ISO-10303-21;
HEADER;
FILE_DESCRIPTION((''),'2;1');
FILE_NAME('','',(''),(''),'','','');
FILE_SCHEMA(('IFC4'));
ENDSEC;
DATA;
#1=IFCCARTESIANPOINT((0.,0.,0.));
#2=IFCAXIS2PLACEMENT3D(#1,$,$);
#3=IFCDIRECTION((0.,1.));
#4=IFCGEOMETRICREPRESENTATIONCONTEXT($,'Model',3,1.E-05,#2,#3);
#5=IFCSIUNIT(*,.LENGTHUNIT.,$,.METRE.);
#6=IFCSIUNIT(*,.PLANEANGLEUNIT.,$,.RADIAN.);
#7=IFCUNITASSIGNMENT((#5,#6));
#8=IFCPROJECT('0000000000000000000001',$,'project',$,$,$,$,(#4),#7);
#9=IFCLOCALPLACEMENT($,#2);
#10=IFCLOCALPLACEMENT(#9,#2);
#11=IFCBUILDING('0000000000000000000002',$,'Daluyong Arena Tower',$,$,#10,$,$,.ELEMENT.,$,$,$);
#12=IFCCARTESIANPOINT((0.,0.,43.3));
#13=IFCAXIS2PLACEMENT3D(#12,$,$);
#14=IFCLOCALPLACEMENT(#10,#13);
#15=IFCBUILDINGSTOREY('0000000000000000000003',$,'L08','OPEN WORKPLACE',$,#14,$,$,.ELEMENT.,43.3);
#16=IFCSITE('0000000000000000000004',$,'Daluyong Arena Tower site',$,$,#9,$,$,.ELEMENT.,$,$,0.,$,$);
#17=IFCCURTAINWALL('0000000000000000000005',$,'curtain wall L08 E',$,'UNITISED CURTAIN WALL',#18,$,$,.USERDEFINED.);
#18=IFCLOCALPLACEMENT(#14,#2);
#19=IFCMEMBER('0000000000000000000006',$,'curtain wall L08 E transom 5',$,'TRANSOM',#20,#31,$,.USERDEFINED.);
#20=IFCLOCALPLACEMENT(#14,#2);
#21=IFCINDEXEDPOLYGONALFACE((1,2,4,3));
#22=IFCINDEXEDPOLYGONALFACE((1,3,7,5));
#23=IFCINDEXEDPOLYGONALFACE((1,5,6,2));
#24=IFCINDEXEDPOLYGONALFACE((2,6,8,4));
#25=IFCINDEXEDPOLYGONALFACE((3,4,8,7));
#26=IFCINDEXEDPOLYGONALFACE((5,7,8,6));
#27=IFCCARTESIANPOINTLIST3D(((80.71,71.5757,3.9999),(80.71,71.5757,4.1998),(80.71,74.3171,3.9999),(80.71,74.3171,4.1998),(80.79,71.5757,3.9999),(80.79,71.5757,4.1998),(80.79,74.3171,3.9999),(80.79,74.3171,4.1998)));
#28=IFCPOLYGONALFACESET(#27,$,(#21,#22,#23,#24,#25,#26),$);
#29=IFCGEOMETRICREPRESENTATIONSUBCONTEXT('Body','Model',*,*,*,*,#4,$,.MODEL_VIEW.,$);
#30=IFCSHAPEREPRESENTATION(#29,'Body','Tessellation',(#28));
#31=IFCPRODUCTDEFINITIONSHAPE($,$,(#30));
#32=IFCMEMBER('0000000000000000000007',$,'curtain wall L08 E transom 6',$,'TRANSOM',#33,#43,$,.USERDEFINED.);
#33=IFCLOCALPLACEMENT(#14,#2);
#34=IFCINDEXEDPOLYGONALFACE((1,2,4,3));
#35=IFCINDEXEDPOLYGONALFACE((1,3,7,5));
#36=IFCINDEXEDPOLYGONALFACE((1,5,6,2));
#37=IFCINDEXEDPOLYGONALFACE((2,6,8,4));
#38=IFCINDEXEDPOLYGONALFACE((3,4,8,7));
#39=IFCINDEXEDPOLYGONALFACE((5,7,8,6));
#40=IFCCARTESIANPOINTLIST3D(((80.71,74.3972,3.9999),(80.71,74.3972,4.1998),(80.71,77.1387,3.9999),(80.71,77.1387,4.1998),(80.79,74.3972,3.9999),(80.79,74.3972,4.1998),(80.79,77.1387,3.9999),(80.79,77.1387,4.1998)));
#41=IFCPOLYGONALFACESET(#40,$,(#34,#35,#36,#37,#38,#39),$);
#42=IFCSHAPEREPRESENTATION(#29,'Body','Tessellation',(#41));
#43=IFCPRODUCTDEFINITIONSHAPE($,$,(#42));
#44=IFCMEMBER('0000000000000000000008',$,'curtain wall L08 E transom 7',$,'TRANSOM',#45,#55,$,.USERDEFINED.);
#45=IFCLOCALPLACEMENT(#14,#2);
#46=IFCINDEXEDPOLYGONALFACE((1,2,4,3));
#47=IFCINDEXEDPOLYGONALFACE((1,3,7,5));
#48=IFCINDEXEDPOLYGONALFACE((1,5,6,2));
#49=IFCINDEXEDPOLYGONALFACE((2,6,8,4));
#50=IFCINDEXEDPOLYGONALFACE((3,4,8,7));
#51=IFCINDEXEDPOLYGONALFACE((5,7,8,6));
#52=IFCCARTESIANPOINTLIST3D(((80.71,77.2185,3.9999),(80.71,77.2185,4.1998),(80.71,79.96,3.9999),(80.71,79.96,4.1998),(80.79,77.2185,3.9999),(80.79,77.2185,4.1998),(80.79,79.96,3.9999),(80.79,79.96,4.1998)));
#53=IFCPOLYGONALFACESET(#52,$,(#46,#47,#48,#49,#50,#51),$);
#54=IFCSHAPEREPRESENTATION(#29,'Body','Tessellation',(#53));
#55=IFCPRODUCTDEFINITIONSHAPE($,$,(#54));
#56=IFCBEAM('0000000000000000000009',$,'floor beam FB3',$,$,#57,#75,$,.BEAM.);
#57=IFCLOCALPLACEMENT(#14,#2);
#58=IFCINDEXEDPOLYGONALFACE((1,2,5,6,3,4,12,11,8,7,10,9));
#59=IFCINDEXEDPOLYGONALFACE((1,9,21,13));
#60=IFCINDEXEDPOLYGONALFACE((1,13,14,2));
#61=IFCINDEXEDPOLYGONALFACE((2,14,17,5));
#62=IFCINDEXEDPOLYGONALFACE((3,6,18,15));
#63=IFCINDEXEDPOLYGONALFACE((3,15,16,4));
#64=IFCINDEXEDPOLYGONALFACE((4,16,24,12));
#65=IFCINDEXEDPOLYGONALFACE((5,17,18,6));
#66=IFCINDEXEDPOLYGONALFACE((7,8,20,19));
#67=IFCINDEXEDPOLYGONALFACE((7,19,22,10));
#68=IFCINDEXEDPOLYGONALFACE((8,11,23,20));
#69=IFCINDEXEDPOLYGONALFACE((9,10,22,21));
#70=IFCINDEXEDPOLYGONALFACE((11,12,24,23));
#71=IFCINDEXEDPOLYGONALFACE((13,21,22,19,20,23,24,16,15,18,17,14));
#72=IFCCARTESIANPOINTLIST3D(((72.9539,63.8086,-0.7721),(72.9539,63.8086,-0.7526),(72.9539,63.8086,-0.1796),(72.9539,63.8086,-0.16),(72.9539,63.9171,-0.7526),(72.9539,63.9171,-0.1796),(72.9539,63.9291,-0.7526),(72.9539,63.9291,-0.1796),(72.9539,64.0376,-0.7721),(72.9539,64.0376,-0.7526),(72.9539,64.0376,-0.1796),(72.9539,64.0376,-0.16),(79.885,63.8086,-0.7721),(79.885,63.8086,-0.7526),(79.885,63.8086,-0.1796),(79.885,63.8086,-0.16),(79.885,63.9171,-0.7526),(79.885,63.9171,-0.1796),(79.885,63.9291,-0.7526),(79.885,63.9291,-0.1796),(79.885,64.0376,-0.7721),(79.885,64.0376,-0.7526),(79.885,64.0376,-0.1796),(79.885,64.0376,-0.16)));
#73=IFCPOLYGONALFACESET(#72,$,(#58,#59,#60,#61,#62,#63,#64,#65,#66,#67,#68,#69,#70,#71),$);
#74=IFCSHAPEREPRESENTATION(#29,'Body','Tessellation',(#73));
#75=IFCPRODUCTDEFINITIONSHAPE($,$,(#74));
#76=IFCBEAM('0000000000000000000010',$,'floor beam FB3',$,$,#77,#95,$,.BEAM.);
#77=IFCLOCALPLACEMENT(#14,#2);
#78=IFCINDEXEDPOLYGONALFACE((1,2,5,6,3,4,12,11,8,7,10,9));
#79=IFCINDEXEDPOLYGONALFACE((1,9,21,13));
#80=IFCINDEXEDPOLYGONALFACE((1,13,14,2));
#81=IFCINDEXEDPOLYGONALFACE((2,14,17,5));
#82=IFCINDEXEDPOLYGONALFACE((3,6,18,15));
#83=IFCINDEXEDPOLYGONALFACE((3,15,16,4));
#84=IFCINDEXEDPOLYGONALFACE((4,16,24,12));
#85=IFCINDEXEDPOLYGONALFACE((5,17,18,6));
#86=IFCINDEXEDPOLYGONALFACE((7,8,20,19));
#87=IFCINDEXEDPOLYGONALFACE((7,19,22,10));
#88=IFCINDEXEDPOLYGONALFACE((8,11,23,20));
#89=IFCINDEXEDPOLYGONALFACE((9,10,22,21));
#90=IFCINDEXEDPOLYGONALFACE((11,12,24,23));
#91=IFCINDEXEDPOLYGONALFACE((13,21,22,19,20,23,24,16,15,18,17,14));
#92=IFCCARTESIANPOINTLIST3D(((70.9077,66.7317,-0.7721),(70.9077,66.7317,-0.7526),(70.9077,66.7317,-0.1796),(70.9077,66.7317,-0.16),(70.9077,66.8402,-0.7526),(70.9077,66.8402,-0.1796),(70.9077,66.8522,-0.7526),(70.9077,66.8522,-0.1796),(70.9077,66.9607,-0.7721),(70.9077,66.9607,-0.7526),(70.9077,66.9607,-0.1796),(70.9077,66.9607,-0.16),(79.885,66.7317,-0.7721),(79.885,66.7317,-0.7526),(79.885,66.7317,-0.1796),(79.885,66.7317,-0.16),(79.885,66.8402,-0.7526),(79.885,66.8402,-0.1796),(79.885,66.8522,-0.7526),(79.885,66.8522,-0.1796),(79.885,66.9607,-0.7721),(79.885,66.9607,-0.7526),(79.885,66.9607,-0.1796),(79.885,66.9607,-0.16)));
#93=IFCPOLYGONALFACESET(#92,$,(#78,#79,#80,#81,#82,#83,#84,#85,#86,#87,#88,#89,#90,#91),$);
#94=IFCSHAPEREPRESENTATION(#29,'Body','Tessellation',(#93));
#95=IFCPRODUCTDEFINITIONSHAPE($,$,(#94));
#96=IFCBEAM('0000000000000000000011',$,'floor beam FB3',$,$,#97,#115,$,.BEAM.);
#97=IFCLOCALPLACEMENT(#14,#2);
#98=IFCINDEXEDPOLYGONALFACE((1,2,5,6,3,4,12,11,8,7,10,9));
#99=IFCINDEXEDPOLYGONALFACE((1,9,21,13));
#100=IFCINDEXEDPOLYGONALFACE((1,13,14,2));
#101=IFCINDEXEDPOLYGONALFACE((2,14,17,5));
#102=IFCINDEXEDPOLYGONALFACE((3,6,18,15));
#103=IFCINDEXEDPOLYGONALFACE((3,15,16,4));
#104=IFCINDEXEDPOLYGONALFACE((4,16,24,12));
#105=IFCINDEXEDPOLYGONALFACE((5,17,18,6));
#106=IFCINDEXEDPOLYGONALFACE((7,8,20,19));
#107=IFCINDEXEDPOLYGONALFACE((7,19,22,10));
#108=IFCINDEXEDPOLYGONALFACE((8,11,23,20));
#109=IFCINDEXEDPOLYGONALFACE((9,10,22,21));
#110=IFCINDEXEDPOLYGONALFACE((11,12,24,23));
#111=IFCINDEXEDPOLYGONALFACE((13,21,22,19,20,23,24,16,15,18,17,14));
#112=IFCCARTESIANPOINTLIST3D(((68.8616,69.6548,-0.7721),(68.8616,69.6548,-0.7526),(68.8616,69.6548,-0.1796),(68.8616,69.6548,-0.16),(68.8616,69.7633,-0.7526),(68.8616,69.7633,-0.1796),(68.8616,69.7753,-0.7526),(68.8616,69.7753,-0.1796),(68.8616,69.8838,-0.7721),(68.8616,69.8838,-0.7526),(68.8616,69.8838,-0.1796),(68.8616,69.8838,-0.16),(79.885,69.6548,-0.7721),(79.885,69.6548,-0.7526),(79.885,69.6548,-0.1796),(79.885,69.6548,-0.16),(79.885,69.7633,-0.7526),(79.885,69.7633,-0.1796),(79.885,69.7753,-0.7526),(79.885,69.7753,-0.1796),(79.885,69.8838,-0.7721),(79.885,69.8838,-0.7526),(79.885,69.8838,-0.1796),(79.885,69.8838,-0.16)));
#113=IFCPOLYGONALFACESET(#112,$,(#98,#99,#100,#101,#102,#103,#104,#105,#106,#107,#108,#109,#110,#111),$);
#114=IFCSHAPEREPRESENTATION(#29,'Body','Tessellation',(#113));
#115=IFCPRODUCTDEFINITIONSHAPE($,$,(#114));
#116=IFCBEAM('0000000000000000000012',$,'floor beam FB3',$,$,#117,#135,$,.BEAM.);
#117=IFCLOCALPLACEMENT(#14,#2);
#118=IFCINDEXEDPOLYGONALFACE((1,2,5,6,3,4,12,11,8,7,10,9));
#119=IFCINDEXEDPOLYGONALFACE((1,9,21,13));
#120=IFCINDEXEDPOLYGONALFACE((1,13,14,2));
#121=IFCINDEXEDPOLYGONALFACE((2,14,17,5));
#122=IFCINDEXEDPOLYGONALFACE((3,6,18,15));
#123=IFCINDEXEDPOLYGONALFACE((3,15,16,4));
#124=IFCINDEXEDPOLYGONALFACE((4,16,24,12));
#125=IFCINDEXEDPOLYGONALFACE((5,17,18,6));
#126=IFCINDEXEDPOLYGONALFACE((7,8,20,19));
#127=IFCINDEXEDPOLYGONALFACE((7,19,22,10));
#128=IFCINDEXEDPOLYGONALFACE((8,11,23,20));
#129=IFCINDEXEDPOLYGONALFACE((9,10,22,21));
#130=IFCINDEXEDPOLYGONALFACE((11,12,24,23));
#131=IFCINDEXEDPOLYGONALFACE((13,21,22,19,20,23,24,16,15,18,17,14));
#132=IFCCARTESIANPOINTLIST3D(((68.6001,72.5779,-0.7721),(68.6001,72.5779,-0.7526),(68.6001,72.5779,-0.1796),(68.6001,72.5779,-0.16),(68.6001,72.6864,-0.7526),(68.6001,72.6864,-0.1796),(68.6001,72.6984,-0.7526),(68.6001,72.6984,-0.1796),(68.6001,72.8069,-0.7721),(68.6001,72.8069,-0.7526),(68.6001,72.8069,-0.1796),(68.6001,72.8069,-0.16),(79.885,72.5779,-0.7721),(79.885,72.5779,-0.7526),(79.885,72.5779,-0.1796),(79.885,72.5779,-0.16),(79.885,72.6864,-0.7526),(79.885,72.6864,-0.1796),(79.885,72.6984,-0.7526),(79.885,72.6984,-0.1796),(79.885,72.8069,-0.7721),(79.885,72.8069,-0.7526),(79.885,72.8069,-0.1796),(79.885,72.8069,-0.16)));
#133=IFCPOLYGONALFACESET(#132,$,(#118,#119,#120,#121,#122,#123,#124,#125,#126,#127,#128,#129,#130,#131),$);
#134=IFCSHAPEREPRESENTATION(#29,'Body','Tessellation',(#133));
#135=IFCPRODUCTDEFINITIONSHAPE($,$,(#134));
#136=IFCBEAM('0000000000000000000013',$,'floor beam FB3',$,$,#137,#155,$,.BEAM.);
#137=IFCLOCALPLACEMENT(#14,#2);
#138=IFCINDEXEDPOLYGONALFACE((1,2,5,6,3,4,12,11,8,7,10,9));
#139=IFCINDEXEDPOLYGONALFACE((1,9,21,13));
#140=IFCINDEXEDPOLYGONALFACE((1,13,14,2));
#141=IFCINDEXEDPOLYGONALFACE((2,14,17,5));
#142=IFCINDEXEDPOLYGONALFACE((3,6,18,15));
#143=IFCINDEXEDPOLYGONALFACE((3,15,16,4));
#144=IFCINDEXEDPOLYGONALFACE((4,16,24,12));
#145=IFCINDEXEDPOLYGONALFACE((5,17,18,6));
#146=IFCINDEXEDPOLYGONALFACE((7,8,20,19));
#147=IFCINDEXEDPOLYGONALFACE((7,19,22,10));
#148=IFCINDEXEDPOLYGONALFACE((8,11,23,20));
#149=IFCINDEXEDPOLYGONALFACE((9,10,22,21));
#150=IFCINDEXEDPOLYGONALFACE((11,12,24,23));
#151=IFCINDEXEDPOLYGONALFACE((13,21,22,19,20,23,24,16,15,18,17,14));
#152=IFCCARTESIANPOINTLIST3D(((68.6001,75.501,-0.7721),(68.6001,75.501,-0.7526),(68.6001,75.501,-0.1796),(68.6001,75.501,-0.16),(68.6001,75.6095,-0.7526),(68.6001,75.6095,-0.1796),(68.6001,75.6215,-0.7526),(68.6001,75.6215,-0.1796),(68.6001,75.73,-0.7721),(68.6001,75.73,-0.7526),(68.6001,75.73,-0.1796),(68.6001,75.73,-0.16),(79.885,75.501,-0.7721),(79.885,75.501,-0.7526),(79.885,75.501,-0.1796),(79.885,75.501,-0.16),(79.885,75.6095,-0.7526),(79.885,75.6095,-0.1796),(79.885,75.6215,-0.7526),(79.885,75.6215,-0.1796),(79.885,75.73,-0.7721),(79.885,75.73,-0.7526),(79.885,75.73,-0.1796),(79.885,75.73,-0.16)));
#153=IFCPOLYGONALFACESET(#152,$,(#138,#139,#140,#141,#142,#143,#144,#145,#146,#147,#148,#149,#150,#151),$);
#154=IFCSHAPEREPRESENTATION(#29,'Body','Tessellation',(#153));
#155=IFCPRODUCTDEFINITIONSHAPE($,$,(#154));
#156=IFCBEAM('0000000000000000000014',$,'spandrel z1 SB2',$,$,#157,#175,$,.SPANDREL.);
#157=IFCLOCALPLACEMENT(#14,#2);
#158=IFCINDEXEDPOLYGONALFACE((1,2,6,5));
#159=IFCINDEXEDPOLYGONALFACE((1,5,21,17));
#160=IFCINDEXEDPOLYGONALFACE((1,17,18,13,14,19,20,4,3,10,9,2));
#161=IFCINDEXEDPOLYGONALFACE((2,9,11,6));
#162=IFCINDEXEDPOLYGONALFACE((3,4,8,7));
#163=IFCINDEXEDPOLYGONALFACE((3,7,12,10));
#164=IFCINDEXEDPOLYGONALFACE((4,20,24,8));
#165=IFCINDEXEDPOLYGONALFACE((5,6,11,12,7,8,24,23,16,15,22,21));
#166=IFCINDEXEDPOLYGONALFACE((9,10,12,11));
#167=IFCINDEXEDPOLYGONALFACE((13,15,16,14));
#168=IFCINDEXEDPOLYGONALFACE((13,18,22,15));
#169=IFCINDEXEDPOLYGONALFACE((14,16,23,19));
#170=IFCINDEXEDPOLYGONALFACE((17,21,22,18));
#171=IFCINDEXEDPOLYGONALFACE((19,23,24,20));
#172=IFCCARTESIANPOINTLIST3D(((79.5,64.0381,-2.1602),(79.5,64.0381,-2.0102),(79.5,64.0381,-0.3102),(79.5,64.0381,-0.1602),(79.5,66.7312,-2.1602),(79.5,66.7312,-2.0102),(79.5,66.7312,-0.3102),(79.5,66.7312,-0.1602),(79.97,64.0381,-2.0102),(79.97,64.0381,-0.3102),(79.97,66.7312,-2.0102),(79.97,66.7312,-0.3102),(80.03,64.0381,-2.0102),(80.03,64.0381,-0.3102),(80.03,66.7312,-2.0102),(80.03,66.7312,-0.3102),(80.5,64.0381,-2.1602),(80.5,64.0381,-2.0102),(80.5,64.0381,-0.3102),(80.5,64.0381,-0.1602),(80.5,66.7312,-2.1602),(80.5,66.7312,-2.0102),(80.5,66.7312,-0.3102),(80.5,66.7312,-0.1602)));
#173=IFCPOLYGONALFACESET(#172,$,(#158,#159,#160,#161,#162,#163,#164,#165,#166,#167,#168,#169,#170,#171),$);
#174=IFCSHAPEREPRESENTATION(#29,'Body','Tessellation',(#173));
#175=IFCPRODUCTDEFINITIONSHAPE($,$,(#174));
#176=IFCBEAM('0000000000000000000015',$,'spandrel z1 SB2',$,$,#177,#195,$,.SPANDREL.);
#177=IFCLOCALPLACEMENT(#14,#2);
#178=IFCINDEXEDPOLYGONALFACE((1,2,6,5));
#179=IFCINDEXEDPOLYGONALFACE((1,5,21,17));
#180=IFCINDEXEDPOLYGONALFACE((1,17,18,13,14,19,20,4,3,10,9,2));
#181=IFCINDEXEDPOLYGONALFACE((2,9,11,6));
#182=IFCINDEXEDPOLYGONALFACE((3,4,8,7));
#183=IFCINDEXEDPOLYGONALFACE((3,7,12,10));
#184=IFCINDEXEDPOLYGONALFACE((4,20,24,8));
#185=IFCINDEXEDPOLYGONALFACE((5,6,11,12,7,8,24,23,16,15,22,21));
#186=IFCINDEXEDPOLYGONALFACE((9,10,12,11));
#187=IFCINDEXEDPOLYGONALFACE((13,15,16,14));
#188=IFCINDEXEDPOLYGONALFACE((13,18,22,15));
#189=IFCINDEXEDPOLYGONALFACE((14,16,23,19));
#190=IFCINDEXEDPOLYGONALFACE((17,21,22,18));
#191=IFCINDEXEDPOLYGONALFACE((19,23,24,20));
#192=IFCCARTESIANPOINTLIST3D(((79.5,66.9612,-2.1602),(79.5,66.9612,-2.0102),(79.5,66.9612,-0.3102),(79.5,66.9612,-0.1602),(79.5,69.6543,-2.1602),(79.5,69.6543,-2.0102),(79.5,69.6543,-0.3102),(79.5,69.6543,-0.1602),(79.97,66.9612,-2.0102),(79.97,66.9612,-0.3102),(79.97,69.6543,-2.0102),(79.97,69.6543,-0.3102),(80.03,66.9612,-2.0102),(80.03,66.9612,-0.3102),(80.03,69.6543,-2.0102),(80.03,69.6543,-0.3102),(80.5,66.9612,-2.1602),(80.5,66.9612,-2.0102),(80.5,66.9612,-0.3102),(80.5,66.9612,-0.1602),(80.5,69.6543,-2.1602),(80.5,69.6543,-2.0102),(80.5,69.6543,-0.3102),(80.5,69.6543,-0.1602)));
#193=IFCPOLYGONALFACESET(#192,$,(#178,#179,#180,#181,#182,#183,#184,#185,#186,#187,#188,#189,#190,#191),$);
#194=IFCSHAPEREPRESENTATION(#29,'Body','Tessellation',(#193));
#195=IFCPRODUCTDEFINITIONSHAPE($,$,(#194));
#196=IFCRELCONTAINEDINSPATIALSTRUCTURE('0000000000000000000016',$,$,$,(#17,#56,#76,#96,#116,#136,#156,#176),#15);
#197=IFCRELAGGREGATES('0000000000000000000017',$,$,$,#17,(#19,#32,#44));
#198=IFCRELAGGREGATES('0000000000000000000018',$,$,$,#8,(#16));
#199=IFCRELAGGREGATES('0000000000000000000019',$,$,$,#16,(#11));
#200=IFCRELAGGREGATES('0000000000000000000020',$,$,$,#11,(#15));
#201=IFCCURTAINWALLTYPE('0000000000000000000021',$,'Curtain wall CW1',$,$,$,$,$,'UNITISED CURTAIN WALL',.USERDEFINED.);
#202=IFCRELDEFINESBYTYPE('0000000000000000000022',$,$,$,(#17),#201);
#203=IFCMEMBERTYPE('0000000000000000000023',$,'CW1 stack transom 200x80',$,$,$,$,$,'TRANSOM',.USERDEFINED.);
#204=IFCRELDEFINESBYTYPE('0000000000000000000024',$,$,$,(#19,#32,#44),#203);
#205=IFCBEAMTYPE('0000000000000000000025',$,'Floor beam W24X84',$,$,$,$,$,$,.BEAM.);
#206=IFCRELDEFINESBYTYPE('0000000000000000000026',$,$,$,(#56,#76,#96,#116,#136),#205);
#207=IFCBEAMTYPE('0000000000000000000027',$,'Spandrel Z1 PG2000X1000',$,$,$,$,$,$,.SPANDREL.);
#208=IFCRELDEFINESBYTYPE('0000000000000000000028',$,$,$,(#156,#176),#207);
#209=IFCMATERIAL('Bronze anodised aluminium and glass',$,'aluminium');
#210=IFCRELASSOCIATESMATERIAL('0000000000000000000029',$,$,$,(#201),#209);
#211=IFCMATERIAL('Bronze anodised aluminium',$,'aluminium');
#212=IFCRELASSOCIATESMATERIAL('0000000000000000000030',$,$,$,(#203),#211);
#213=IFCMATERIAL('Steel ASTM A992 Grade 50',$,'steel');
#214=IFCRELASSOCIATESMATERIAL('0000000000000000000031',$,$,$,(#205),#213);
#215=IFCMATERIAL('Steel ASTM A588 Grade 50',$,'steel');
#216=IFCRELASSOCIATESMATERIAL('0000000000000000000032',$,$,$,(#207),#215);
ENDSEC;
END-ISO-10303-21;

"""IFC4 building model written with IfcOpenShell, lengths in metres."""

from ifc_helpers import new_model, si_unit, direction, frame, origin, origin_2d, place, context, subcontext, project, spatial, rectangle, i_section, extrude, material, material_profile, profile_set, type_object, element, aggregate, save


model = new_model("IFC4")

# Units and contexts
model_context = context("Model", 3, precision=1e-05, world=origin(), true_north=direction((0.0, 1.0)))
body_context = subcontext(model_context, "Body", "Model", "MODEL_VIEW")
ifc_project = project(units=[si_unit("LENGTHUNIT", "METRE"), si_unit("PLANEANGLEUNIT", "RADIAN")], contexts=[model_context])

# Site, building, storey
site_placement = place(None, origin())
site = spatial("IfcSite", under=ifc_project, at=site_placement, Name="Daluyong Arena Tower site", CompositionType="ELEMENT", RefElevation=0.0)
building_placement = place(site_placement, origin())
building = spatial("IfcBuilding", under=site, at=building_placement, Name="Daluyong Arena Tower", CompositionType="ELEMENT")
storey_placement = place(building_placement, frame((0.0, 0.0, 43.3)))
storey = spatial("IfcBuildingStorey", under=building, at=storey_placement, Name="L08", Description="OPEN WORKPLACE", CompositionType="ELEMENT", Elevation=43.3)

# Curtain wall, members
ifc_material_1 = material(Name="Bronze anodised aluminium and glass", Category="aluminium")
curtain_wall_type = type_object("IfcCurtainWallType", Name="Curtain wall CW1", ElementType="UNITISED CURTAIN WALL", PredefinedType="USERDEFINED", material=ifc_material_1)
curtain_wall_placement = place(storey_placement, origin())
curtain_wall = element("IfcCurtainWall", 1, at=curtain_wall_placement, inside=storey, type_object=curtain_wall_type, Name="curtain wall L08 E", ObjectType="UNITISED CURTAIN WALL", PredefinedType="USERDEFINED")
ifc_material_2 = material(Name="Bronze anodised aluminium", Category="aluminium")
ifc_material_profile_1 = material_profile(ifc_material_2, rectangle(XDim=0.0801, YDim=0.2, at=origin_2d()))
ifc_profile_set_1 = profile_set([ifc_material_profile_1], Name="Bronze anodised aluminium")
member_type_1 = type_object("IfcMemberType", Name="CW1 stack transom 200x80", ElementType="TRANSOM", PredefinedType="USERDEFINED", material=ifc_profile_set_1)
member_1_placement = place(storey_placement, frame((80.75, 71.5757, 4.0999), z_axis=(0.0, 1.0, 0.0), x_axis=(-1.0, 0.0, 0.0)))
member_1 = element("IfcMember", 2, at=member_1_placement, type_object=member_type_1, Name="curtain wall L08 E transom 5", ObjectType="TRANSOM", PredefinedType="USERDEFINED", context=body_context, shape_type="SweptSolid", body=[
    extrude(rectangle(XDim=0.0801, YDim=0.2, at=origin_2d()), origin(), (0.0, 0.0, 1.0), 2.7415),
])
member_2_placement = place(storey_placement, frame((80.75, 74.3972, 4.0999), z_axis=(0.0, 1.0, 0.0), x_axis=(-1.0, 0.0, 0.0)))
member_2 = element("IfcMember", 3, at=member_2_placement, type_object=member_type_1, Name="curtain wall L08 E transom 6", ObjectType="TRANSOM", PredefinedType="USERDEFINED", context=body_context, shape_type="SweptSolid", body=[
    extrude(rectangle(XDim=0.0801, YDim=0.2, at=origin_2d()), origin(), (0.0, 0.0, 1.0), 2.7415),
])
member_3_placement = place(storey_placement, frame((80.75, 77.2185, 4.0999), z_axis=(0.0, 1.0, 0.0), x_axis=(-1.0, 0.0, 0.0)))
member_3 = element("IfcMember", 4, at=member_3_placement, type_object=member_type_1, Name="curtain wall L08 E transom 7", ObjectType="TRANSOM", PredefinedType="USERDEFINED", context=body_context, shape_type="SweptSolid", body=[
    extrude(rectangle(XDim=0.0801, YDim=0.2, at=origin_2d()), origin(), (0.0, 0.0, 1.0), 2.7415),
])

# Beams
ifc_material_3 = material(Name="Steel ASTM A992 Grade 50", Category="steel")
ifc_material_profile_2 = material_profile(ifc_material_3, i_section(OverallWidth=0.229, OverallDepth=0.6121, WebThickness=0.012, FlangeThickness=0.0195, at=origin_2d()))
ifc_profile_set_2 = profile_set([ifc_material_profile_2], Name="Steel ASTM A992 Grade 50")
beam_type_1 = type_object("IfcBeamType", Name="Floor beam W24X84", PredefinedType="BEAM", material=ifc_profile_set_2)
beam_1_placement = place(storey_placement, frame((79.885, 63.9231, -0.4661), z_axis=(-1.0, 0.0, 0.0), x_axis=(0.0, -1.0, 0.0)))
element("IfcBeam", 5, at=beam_1_placement, inside=storey, type_object=beam_type_1, Name="floor beam FB3", PredefinedType="BEAM", context=body_context, shape_type="SweptSolid", body=[
    extrude(i_section(OverallWidth=0.229, OverallDepth=0.6121, WebThickness=0.012, FlangeThickness=0.0195, at=origin_2d()), origin(), (0.0, 0.0, 1.0), 6.9312),
])
beam_2_placement = place(storey_placement, frame((79.885, 66.8462, -0.4661), z_axis=(-1.0, 0.0, 0.0), x_axis=(0.0, -1.0, 0.0)))
element("IfcBeam", 6, at=beam_2_placement, inside=storey, type_object=beam_type_1, Name="floor beam FB3", PredefinedType="BEAM", context=body_context, shape_type="SweptSolid", body=[
    extrude(i_section(OverallWidth=0.229, OverallDepth=0.6121, WebThickness=0.012, FlangeThickness=0.0195, at=origin_2d()), origin(), (0.0, 0.0, 1.0), 8.9773),
])
beam_3_placement = place(storey_placement, frame((79.885, 69.7693, -0.4661), z_axis=(-1.0, 0.0, 0.0), x_axis=(0.0, -1.0, 0.0)))
element("IfcBeam", 7, at=beam_3_placement, inside=storey, type_object=beam_type_1, Name="floor beam FB3", PredefinedType="BEAM", context=body_context, shape_type="SweptSolid", body=[
    extrude(i_section(OverallWidth=0.229, OverallDepth=0.6121, WebThickness=0.012, FlangeThickness=0.0195, at=origin_2d()), origin(), (0.0, 0.0, 1.0), 11.0234),
])
for number, where, z_axis, x_axis, name in (
    (8, (79.885, 72.6924, -0.4661), (-1.0, 0.0, 0.0), (0.0, -1.0, 0.0), "floor beam FB3"),
    (9, (79.885, 75.6155, -0.4661), (-1.0, 0.0, 0.0), (0.0, -1.0, 0.0), "floor beam FB3"),
):
    element("IfcBeam", number, at=place(storey_placement, frame(where, z_axis=z_axis, x_axis=x_axis)), inside=storey, type_object=beam_type_1, Name=name, PredefinedType="BEAM", context=body_context, shape_type="SweptSolid", body=[
        extrude(i_section(OverallWidth=0.229, OverallDepth=0.6121, WebThickness=0.012, FlangeThickness=0.0195, at=origin_2d()), origin(), (0.0, 0.0, 1.0), 11.2849),
    ])
ifc_material_4 = material(Name="Steel ASTM A588 Grade 50", Category="steel")
ifc_material_profile_3 = material_profile(ifc_material_4, i_section(OverallWidth=1.0, OverallDepth=2.0, WebThickness=0.06, FlangeThickness=0.15, at=origin_2d()))
ifc_profile_set_3 = profile_set([ifc_material_profile_3], Name="Steel ASTM A588 Grade 50")
beam_type_2 = type_object("IfcBeamType", Name="Spandrel Z1 PG2000X1000", PredefinedType="SPANDREL", material=ifc_profile_set_3)
for number, where, z_axis, x_axis, name in (
    (10, (80.0, 64.0381, -1.1602), (0.0, 1.0, 0.0), (-1.0, 0.0, 0.0), "spandrel z1 SB2"),
    (11, (80.0, 66.9612, -1.1602), (0.0, 1.0, 0.0), (-1.0, 0.0, 0.0), "spandrel z1 SB2"),
):
    element("IfcBeam", number, at=place(storey_placement, frame(where, z_axis=z_axis, x_axis=x_axis)), inside=storey, type_object=beam_type_2, Name=name, PredefinedType="SPANDREL", context=body_context, shape_type="SweptSolid", body=[
        extrude(i_section(OverallWidth=1.0, OverallDepth=2.0, WebThickness=0.06, FlangeThickness=0.15, at=origin_2d()), origin(), (0.0, 0.0, 1.0), 2.6931),
    ])

aggregate(curtain_wall, [member_1, member_2, member_3])

save(model, "model.ifc")
